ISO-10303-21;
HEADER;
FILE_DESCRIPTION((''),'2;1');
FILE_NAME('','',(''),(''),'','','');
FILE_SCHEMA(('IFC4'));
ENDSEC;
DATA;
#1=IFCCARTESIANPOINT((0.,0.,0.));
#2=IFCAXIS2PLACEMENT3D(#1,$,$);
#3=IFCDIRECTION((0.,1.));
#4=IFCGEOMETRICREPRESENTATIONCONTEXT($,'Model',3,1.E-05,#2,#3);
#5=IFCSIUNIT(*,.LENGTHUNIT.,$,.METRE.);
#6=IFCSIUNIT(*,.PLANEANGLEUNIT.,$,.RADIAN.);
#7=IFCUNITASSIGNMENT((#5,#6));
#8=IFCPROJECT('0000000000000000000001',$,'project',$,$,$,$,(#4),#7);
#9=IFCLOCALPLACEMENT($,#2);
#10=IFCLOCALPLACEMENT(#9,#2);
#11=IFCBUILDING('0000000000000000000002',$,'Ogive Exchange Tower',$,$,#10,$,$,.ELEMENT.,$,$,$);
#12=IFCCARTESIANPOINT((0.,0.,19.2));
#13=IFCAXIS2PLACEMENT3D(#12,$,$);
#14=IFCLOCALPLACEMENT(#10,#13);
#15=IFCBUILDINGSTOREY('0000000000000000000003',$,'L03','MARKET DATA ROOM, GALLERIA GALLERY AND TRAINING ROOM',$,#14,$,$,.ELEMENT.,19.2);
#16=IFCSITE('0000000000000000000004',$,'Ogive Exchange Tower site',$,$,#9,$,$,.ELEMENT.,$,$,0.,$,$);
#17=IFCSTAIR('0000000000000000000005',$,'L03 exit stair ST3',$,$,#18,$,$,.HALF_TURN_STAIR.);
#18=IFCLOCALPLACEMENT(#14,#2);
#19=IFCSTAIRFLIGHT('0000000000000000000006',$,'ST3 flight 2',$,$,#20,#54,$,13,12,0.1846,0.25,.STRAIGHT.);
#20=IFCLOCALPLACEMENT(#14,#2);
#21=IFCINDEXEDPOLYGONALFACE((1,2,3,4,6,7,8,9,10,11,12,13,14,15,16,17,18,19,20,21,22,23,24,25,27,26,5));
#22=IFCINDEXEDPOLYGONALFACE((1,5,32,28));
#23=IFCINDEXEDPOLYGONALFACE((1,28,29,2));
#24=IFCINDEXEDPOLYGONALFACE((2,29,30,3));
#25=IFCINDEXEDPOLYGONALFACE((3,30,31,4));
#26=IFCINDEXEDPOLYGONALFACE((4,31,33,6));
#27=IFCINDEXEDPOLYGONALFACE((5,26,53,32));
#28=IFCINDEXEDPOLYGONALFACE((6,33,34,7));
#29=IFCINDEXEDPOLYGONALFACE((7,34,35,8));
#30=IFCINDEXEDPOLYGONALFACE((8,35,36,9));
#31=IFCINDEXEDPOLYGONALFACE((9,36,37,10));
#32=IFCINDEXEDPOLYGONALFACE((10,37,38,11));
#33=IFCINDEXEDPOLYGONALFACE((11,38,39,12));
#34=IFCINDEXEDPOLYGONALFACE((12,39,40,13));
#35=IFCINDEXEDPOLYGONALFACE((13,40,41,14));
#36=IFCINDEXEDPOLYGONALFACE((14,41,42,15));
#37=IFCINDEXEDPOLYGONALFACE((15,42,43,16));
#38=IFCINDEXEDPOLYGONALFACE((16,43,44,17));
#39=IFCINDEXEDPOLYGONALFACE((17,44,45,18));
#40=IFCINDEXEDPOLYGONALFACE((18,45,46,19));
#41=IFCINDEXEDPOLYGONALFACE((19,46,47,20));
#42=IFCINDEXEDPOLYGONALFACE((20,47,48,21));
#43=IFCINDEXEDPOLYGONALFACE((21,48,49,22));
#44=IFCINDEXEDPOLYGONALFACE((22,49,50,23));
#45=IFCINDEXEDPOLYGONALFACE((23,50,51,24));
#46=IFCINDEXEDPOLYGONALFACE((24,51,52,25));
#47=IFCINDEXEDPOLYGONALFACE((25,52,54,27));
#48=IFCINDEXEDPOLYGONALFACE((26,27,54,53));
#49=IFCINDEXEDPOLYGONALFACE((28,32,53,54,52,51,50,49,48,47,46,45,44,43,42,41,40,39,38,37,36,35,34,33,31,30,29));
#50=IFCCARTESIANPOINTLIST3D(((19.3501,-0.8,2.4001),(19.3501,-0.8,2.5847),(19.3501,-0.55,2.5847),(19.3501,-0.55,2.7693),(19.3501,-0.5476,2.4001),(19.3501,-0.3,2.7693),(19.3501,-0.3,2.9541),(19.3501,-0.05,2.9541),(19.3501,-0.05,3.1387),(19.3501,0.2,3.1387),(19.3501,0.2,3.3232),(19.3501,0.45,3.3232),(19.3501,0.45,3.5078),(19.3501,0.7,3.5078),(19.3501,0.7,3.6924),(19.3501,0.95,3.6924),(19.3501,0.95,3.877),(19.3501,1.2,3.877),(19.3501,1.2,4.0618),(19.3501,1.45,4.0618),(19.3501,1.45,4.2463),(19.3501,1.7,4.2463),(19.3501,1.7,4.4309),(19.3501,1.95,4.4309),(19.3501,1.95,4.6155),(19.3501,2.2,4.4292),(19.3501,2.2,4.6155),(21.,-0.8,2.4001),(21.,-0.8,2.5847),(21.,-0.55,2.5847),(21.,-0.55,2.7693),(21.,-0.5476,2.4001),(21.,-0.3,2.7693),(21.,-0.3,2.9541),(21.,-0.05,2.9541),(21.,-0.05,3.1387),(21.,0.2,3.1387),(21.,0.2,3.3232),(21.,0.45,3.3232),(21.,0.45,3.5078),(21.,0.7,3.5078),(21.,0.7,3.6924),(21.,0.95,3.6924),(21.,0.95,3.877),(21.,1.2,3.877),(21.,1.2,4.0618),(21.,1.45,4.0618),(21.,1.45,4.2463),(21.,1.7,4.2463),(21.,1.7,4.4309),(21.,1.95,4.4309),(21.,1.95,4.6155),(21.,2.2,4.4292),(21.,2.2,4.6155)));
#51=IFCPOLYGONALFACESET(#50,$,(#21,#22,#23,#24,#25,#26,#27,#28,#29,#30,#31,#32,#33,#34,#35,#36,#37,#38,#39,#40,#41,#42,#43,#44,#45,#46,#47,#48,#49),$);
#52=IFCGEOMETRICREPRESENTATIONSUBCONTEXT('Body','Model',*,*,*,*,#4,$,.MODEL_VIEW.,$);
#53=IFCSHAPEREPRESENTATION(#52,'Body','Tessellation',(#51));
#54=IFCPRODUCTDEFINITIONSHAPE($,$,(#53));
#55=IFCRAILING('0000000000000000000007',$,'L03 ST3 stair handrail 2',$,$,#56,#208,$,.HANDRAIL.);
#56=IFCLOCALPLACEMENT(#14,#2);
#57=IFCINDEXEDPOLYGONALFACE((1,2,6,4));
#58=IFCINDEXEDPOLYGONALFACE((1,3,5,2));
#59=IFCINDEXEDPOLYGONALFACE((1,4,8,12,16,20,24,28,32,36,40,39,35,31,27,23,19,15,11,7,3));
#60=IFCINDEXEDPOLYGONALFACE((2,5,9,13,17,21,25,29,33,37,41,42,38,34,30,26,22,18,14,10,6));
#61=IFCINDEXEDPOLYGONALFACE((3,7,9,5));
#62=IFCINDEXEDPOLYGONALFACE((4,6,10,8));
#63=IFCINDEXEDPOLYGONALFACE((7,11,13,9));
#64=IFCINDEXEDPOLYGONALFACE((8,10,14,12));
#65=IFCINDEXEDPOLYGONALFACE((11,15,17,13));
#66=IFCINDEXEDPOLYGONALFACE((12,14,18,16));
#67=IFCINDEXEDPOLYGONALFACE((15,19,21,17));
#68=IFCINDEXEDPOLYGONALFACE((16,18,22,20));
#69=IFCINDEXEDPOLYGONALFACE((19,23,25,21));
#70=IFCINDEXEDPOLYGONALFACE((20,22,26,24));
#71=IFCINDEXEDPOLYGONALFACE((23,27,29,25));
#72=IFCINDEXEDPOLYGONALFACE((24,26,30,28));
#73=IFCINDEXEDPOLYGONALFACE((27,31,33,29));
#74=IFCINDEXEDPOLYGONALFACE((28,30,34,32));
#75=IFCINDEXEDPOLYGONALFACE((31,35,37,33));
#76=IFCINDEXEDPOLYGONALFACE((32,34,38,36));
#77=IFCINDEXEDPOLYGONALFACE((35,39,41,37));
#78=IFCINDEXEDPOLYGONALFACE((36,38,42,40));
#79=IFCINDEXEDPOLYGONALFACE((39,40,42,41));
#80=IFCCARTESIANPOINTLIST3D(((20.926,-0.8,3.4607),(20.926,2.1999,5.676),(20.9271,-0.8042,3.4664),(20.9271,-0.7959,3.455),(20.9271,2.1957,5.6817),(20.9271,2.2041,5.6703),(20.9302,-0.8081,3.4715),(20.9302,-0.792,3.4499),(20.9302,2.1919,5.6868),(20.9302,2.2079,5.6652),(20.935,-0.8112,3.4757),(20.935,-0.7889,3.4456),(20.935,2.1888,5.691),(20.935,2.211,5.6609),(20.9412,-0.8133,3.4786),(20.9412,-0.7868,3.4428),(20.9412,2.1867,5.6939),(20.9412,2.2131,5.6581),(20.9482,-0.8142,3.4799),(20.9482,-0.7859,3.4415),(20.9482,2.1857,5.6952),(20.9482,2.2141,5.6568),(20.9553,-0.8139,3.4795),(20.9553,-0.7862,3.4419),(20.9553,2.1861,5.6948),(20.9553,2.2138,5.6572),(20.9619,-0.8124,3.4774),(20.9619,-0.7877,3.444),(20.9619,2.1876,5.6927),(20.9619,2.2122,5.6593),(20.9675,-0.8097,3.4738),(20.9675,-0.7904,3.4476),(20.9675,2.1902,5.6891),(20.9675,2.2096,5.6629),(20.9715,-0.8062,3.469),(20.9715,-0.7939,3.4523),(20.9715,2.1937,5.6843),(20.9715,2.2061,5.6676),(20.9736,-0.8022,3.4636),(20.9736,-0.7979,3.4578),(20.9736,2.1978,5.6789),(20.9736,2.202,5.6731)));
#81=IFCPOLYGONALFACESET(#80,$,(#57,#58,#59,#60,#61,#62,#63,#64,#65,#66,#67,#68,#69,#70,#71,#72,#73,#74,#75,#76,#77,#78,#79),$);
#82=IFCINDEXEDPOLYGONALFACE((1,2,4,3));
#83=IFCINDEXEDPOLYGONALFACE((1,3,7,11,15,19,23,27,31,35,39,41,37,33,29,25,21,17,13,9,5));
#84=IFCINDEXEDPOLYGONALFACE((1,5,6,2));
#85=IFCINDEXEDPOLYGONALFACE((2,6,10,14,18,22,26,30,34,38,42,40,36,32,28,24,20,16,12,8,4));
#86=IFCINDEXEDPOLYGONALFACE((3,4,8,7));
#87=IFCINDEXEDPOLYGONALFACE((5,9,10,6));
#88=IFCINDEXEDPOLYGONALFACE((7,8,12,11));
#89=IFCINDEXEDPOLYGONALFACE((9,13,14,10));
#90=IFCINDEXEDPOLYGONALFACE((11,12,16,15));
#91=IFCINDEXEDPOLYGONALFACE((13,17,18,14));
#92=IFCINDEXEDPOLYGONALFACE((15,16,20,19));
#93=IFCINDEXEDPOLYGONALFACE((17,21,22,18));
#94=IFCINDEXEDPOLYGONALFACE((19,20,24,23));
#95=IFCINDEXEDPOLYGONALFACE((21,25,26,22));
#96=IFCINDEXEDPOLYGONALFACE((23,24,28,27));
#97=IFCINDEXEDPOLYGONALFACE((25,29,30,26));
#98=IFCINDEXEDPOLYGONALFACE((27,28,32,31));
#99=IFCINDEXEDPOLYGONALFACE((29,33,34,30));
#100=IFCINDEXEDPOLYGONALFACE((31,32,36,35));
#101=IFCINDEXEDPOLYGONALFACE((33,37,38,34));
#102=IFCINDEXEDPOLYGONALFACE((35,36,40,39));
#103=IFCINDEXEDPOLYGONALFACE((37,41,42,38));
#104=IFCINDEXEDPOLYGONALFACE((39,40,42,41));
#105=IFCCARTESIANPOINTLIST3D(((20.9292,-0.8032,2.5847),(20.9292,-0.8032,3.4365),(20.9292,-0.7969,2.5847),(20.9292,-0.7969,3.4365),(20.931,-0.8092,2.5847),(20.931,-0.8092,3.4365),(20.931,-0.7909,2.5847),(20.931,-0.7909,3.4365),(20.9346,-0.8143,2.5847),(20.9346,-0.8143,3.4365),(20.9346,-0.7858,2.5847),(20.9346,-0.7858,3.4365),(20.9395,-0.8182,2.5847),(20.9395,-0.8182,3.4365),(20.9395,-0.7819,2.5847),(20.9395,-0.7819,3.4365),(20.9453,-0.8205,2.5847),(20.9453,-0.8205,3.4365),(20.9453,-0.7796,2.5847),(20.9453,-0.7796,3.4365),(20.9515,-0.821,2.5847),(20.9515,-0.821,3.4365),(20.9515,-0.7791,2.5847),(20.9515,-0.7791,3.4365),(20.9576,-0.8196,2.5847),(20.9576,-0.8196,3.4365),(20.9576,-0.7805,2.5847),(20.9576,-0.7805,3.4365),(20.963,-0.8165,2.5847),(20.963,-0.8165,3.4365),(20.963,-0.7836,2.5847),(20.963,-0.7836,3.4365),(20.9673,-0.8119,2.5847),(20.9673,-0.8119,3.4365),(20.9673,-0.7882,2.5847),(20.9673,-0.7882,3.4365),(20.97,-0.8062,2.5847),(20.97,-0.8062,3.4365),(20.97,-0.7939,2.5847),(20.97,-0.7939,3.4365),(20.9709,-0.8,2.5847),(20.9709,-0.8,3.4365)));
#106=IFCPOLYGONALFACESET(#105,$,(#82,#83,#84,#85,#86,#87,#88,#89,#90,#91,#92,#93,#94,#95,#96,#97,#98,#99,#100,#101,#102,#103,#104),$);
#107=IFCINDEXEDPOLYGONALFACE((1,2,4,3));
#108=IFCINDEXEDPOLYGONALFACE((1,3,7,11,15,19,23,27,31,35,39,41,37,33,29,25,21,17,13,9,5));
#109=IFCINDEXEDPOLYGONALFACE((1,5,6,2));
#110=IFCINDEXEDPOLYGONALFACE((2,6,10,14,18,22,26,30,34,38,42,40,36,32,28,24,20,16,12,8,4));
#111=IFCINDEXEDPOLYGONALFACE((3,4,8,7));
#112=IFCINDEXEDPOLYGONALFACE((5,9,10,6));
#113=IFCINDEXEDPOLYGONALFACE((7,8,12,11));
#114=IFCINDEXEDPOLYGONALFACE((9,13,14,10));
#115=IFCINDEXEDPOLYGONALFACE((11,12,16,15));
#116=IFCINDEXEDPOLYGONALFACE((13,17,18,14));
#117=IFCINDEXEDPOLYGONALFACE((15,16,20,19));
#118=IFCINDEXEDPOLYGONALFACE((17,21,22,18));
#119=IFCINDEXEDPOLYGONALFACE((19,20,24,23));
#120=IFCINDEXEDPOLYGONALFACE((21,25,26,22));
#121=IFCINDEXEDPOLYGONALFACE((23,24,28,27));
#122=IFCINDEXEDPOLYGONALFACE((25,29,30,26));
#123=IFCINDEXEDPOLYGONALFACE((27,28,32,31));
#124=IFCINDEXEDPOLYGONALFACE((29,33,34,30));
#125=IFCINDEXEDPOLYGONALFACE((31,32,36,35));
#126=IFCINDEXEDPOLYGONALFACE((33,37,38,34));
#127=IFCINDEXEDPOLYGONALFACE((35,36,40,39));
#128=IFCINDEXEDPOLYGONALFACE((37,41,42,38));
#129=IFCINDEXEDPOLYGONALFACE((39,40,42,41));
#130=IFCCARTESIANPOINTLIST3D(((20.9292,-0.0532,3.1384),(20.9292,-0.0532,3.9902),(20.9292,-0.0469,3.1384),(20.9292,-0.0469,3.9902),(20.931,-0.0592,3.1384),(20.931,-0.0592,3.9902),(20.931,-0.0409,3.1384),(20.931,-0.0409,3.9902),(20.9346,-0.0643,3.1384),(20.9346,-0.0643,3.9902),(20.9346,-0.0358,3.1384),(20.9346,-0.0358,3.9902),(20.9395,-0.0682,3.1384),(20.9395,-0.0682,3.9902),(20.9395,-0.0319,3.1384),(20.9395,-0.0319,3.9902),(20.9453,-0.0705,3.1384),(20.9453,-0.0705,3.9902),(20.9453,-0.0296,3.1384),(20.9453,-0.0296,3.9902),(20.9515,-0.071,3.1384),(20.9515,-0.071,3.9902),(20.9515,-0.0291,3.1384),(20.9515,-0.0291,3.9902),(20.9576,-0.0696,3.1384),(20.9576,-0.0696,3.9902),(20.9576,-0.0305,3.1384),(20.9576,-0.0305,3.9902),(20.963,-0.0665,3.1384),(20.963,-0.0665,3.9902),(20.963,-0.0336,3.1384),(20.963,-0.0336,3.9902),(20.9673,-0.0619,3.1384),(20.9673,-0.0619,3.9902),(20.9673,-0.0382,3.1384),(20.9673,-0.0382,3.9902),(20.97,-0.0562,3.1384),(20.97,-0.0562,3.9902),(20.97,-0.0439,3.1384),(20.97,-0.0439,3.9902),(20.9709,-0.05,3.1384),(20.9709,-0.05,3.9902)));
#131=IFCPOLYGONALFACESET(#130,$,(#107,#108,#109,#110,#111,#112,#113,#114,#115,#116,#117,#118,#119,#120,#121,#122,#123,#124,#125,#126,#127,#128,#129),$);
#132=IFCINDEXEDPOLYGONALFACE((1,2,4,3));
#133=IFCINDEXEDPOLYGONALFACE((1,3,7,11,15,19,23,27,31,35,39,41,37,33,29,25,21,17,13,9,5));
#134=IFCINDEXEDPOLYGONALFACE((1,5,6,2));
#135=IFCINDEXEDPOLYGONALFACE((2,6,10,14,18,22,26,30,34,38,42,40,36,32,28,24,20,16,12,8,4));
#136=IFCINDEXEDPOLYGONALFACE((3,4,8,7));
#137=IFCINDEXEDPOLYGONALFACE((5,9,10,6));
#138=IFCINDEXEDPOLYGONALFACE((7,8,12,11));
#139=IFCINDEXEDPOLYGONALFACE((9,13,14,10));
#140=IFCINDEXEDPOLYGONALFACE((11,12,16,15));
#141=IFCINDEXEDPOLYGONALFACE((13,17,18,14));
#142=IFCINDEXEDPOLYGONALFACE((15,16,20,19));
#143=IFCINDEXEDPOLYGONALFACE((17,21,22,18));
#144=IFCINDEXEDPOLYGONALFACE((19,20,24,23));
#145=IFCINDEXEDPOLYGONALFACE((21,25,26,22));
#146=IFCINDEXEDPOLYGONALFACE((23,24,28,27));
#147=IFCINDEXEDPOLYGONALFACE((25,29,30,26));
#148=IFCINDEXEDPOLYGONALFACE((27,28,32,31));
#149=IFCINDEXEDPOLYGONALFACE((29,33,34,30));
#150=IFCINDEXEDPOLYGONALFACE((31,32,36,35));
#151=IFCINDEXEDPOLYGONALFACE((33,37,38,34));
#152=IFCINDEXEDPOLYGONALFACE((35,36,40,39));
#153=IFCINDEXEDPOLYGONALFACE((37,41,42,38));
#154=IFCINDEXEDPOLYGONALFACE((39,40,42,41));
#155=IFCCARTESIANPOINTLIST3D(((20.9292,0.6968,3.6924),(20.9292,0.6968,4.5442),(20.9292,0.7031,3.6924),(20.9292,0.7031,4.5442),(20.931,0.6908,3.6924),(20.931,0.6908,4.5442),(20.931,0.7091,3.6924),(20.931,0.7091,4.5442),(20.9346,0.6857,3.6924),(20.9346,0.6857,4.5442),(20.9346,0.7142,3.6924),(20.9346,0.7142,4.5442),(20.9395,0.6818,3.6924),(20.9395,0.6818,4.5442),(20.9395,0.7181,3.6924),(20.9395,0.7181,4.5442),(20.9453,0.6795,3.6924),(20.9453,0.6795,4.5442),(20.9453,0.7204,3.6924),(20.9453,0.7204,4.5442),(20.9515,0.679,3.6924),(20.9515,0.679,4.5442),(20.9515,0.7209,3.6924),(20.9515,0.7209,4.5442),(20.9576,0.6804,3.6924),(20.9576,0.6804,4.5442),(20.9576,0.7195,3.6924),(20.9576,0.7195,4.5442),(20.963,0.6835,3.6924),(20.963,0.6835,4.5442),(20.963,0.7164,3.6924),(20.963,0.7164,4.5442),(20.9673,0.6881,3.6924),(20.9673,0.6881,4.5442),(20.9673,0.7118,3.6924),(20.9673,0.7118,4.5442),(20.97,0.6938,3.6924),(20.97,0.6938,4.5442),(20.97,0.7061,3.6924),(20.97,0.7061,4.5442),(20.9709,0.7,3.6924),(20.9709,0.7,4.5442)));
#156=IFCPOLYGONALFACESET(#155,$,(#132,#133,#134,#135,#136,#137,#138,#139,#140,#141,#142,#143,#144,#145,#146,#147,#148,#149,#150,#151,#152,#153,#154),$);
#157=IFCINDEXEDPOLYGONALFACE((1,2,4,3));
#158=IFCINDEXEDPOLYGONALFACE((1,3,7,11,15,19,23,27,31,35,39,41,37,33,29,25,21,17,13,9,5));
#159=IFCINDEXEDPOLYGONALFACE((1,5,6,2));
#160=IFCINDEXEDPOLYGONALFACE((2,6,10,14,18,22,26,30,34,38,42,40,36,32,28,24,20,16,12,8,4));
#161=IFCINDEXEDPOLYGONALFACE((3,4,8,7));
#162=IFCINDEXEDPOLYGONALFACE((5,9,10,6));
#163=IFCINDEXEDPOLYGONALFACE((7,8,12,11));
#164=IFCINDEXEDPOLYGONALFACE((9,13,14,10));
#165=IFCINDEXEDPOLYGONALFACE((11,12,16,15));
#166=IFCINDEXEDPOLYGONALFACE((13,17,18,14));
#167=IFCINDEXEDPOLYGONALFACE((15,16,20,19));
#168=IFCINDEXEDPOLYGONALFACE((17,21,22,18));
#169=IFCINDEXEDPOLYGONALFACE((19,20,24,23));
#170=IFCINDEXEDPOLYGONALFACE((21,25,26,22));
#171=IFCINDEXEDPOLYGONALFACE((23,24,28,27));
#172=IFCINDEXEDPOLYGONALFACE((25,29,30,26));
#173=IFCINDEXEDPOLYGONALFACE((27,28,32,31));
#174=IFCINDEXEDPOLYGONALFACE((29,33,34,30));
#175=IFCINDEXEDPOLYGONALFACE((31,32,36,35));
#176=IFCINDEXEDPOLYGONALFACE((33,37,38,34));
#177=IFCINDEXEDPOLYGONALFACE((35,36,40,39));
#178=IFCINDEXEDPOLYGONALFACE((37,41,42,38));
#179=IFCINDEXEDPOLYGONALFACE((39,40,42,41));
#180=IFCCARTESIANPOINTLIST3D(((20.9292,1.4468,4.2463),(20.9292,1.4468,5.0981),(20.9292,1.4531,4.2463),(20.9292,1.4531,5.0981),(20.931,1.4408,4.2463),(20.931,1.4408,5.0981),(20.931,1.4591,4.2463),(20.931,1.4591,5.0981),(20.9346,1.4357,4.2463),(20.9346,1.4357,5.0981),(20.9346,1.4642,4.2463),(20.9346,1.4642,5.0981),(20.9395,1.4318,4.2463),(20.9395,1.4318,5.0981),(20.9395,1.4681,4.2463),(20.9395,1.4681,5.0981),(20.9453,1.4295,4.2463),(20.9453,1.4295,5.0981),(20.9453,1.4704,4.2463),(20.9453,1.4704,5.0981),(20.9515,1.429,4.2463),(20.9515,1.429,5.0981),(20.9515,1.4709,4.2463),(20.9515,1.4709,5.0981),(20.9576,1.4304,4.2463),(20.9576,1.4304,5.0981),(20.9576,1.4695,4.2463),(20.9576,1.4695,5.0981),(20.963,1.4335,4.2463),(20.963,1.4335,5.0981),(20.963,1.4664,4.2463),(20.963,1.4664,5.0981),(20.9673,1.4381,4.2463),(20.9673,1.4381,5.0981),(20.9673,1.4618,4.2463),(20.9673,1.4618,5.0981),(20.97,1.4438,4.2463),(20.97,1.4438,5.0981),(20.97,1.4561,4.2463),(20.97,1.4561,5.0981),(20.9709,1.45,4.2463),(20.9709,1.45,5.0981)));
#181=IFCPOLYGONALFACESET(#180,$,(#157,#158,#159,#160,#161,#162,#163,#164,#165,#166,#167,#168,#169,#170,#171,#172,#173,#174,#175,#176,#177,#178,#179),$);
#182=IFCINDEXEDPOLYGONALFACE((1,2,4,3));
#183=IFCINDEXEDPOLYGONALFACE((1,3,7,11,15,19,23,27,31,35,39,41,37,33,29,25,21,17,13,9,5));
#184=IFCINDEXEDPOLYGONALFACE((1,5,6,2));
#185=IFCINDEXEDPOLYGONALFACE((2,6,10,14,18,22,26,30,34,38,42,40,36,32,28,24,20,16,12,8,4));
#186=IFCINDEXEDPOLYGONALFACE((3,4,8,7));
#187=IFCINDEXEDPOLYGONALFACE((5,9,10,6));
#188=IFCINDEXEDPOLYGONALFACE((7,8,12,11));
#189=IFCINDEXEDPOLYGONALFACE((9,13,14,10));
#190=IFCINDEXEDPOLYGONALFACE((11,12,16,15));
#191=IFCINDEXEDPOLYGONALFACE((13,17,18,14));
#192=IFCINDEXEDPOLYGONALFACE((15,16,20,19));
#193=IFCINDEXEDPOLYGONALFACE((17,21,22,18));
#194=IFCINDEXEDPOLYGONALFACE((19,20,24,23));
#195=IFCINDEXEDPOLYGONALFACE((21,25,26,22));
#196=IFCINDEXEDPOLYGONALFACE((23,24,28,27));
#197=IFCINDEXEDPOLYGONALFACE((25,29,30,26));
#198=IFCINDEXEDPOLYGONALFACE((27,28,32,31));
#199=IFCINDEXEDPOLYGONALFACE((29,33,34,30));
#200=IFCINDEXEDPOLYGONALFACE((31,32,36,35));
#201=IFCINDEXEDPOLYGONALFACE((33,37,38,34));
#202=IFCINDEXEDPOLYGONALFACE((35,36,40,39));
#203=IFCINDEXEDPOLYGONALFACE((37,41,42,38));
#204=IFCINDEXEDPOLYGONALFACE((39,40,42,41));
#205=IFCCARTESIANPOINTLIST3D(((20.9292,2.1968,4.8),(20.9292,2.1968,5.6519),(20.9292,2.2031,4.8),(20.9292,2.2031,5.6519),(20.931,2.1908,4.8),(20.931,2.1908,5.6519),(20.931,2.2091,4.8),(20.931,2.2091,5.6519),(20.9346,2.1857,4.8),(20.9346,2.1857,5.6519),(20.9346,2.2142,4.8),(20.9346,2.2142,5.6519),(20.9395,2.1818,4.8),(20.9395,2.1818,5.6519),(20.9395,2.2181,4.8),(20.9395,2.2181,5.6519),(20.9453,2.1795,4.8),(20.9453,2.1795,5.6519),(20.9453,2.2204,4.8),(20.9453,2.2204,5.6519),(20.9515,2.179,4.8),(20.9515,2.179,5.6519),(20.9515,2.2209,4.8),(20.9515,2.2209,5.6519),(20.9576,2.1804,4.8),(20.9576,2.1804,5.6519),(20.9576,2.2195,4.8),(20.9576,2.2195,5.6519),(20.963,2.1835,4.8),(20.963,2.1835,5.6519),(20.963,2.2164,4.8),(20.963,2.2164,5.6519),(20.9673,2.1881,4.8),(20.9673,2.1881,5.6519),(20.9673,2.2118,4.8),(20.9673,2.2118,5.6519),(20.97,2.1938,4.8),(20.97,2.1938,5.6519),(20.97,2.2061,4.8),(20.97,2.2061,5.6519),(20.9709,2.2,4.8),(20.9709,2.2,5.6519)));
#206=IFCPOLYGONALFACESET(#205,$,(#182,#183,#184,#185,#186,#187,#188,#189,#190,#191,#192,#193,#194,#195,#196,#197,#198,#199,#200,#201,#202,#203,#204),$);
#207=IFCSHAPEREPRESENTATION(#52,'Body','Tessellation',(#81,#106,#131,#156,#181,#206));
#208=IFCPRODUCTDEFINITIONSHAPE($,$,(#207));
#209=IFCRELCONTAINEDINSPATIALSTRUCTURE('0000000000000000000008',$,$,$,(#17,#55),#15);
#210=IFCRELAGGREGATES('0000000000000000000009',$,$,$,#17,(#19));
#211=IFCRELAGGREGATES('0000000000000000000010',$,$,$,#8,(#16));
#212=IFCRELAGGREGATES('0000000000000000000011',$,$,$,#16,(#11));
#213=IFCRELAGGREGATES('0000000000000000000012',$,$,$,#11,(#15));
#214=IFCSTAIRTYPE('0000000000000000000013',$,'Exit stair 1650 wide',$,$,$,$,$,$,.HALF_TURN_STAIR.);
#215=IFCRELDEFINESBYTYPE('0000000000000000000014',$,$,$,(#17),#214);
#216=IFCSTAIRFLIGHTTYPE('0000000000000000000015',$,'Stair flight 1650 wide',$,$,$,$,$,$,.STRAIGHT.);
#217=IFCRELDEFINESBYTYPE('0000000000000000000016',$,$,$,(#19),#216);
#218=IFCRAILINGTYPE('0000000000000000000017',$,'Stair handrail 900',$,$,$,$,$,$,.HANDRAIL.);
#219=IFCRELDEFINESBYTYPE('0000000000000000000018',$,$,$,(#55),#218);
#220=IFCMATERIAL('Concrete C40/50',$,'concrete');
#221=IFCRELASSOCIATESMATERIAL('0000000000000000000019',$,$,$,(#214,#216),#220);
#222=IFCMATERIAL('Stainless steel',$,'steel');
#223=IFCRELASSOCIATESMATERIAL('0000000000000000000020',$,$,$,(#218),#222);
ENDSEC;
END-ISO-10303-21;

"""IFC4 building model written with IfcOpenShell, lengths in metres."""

from ifc_helpers import new_model, si_unit, direction, frame, origin, origin_2d, place, context, subcontext, project, spatial, polyline, circle, outline, extrude, material, type_object, element, aggregate, save


model = new_model("IFC4")

# Units and contexts
model_context = context("Model", 3, precision=1e-05, world=origin(), true_north=direction((0.0, 1.0)))
body_context = subcontext(model_context, "Body", "Model", "MODEL_VIEW")
ifc_project = project(units=[si_unit("LENGTHUNIT", "METRE"), si_unit("PLANEANGLEUNIT", "RADIAN")], contexts=[model_context])

# Site, building, storey
site_placement = place(None, origin())
site = spatial("IfcSite", under=ifc_project, at=site_placement, Name="Ogive Exchange Tower site", CompositionType="ELEMENT", RefElevation=0.0)
building_placement = place(site_placement, origin())
building = spatial("IfcBuilding", under=site, at=building_placement, Name="Ogive Exchange Tower", CompositionType="ELEMENT")
storey_placement = place(building_placement, frame((0.0, 0.0, 19.2)))
storey = spatial("IfcBuildingStorey", under=building, at=storey_placement, Name="L03", Description="MARKET DATA ROOM, GALLERIA GALLERY AND TRAINING ROOM", CompositionType="ELEMENT", Elevation=19.2)

# Stair, stair flight
ifc_material_1 = material(Name="Concrete C40/50", Category="concrete")
stair_type = type_object("IfcStairType", Name="Exit stair 1650 wide", PredefinedType="HALF_TURN_STAIR", material=ifc_material_1)
stair_placement = place(storey_placement, origin())
stair = element("IfcStair", 1, at=stair_placement, inside=storey, type_object=stair_type, Name="L03 exit stair ST3", PredefinedType="HALF_TURN_STAIR")
stair_flight_type = type_object("IfcStairFlightType", Name="Stair flight 1650 wide", PredefinedType="STRAIGHT", material=ifc_material_1)
stair_flight_placement = place(storey_placement, frame((20.175, -0.8, 2.4001), z_axis=(0.0, 0.0, 1.0), x_axis=(0.0, 1.0, 0.0)))
stair_flight = element("IfcStairFlight", 2, at=stair_flight_placement, type_object=stair_flight_type, Name="ST3 flight 2", NumberOfRisers=13, NumberOfTreads=12, PredefinedType="STRAIGHT", RiserHeight=0.1846, TreadLength=0.25, context=body_context, shape_type="SweptSolid", body=[
    extrude(outline(polyline([(0.0, 0.0), (0.0, 0.1846), (0.25, 0.1846), (0.25, 0.3691), (0.5, 0.3691), (0.5, 0.554), (0.75, 0.554), (0.75, 0.7385), (1.0, 0.7385), (1.0, 0.9231), (1.25, 0.9231), (1.25, 1.1077), (1.5, 1.1077), (1.5, 1.2922), (1.75, 1.2922), (1.75, 1.4768), (2.0, 1.4768), (2.0, 1.6616), (2.25, 1.6616), (2.25, 1.8462), (2.5, 1.8462), (2.5, 2.0308), (2.75, 2.0308), (2.75, 2.2153), (3.0, 2.2153), (3.0, 2.3999), (3.0, 2.0291), (0.2524, 0.0), (0.0, 0.0)])), frame((0.0, 0.825, 0.0), z_axis=(0.0, -1.0, 0.0), x_axis=(1.0, 0.0, 0.0)), (0.0, 0.0, 1.0), 1.6499),
])
aggregate(stair, [stair_flight])

# Railing
ifc_material_2 = material(Name="Stainless steel", Category="steel")
railing_type = type_object("IfcRailingType", Name="Stair handrail 900", PredefinedType="HANDRAIL", material=ifc_material_2)
railing_placement = place(storey_placement, frame((20.95, -0.8, 2.5847)))
element("IfcRailing", 3, at=railing_placement, inside=storey, type_object=railing_type, Name="L03 ST3 stair handrail 2", PredefinedType="HANDRAIL", context=body_context, shape_type="SweptSolid", body=[
    extrude(circle(Radius=0.0239, at=origin_2d()), frame((0.0, 0.0, 0.876), z_axis=(0.0, 0.80444, 0.594034), x_axis=(-1.0, 0.0, 0.0)), (0.0, 0.0, 1.0), 3.7292),
    extrude(circle(Radius=0.021, at=origin_2d()), origin(), (0.0, 0.0, 1.0), 0.8518),
    extrude(circle(Radius=0.021, at=origin_2d()), frame((0.0, 0.75, 0.5537)), (0.0, 0.0, 1.0), 0.8518),
    extrude(circle(Radius=0.021, at=origin_2d()), frame((0.0, 1.5, 1.1077)), (0.0, 0.0, 1.0), 0.8518),
    extrude(circle(Radius=0.021, at=origin_2d()), frame((0.0, 2.25, 1.6616)), (0.0, 0.0, 1.0), 0.8518),
    extrude(circle(Radius=0.021, at=origin_2d()), frame((0.0, 3.0, 2.2153)), (0.0, 0.0, 1.0), 0.8518),
])

save(model, "model.ifc")
